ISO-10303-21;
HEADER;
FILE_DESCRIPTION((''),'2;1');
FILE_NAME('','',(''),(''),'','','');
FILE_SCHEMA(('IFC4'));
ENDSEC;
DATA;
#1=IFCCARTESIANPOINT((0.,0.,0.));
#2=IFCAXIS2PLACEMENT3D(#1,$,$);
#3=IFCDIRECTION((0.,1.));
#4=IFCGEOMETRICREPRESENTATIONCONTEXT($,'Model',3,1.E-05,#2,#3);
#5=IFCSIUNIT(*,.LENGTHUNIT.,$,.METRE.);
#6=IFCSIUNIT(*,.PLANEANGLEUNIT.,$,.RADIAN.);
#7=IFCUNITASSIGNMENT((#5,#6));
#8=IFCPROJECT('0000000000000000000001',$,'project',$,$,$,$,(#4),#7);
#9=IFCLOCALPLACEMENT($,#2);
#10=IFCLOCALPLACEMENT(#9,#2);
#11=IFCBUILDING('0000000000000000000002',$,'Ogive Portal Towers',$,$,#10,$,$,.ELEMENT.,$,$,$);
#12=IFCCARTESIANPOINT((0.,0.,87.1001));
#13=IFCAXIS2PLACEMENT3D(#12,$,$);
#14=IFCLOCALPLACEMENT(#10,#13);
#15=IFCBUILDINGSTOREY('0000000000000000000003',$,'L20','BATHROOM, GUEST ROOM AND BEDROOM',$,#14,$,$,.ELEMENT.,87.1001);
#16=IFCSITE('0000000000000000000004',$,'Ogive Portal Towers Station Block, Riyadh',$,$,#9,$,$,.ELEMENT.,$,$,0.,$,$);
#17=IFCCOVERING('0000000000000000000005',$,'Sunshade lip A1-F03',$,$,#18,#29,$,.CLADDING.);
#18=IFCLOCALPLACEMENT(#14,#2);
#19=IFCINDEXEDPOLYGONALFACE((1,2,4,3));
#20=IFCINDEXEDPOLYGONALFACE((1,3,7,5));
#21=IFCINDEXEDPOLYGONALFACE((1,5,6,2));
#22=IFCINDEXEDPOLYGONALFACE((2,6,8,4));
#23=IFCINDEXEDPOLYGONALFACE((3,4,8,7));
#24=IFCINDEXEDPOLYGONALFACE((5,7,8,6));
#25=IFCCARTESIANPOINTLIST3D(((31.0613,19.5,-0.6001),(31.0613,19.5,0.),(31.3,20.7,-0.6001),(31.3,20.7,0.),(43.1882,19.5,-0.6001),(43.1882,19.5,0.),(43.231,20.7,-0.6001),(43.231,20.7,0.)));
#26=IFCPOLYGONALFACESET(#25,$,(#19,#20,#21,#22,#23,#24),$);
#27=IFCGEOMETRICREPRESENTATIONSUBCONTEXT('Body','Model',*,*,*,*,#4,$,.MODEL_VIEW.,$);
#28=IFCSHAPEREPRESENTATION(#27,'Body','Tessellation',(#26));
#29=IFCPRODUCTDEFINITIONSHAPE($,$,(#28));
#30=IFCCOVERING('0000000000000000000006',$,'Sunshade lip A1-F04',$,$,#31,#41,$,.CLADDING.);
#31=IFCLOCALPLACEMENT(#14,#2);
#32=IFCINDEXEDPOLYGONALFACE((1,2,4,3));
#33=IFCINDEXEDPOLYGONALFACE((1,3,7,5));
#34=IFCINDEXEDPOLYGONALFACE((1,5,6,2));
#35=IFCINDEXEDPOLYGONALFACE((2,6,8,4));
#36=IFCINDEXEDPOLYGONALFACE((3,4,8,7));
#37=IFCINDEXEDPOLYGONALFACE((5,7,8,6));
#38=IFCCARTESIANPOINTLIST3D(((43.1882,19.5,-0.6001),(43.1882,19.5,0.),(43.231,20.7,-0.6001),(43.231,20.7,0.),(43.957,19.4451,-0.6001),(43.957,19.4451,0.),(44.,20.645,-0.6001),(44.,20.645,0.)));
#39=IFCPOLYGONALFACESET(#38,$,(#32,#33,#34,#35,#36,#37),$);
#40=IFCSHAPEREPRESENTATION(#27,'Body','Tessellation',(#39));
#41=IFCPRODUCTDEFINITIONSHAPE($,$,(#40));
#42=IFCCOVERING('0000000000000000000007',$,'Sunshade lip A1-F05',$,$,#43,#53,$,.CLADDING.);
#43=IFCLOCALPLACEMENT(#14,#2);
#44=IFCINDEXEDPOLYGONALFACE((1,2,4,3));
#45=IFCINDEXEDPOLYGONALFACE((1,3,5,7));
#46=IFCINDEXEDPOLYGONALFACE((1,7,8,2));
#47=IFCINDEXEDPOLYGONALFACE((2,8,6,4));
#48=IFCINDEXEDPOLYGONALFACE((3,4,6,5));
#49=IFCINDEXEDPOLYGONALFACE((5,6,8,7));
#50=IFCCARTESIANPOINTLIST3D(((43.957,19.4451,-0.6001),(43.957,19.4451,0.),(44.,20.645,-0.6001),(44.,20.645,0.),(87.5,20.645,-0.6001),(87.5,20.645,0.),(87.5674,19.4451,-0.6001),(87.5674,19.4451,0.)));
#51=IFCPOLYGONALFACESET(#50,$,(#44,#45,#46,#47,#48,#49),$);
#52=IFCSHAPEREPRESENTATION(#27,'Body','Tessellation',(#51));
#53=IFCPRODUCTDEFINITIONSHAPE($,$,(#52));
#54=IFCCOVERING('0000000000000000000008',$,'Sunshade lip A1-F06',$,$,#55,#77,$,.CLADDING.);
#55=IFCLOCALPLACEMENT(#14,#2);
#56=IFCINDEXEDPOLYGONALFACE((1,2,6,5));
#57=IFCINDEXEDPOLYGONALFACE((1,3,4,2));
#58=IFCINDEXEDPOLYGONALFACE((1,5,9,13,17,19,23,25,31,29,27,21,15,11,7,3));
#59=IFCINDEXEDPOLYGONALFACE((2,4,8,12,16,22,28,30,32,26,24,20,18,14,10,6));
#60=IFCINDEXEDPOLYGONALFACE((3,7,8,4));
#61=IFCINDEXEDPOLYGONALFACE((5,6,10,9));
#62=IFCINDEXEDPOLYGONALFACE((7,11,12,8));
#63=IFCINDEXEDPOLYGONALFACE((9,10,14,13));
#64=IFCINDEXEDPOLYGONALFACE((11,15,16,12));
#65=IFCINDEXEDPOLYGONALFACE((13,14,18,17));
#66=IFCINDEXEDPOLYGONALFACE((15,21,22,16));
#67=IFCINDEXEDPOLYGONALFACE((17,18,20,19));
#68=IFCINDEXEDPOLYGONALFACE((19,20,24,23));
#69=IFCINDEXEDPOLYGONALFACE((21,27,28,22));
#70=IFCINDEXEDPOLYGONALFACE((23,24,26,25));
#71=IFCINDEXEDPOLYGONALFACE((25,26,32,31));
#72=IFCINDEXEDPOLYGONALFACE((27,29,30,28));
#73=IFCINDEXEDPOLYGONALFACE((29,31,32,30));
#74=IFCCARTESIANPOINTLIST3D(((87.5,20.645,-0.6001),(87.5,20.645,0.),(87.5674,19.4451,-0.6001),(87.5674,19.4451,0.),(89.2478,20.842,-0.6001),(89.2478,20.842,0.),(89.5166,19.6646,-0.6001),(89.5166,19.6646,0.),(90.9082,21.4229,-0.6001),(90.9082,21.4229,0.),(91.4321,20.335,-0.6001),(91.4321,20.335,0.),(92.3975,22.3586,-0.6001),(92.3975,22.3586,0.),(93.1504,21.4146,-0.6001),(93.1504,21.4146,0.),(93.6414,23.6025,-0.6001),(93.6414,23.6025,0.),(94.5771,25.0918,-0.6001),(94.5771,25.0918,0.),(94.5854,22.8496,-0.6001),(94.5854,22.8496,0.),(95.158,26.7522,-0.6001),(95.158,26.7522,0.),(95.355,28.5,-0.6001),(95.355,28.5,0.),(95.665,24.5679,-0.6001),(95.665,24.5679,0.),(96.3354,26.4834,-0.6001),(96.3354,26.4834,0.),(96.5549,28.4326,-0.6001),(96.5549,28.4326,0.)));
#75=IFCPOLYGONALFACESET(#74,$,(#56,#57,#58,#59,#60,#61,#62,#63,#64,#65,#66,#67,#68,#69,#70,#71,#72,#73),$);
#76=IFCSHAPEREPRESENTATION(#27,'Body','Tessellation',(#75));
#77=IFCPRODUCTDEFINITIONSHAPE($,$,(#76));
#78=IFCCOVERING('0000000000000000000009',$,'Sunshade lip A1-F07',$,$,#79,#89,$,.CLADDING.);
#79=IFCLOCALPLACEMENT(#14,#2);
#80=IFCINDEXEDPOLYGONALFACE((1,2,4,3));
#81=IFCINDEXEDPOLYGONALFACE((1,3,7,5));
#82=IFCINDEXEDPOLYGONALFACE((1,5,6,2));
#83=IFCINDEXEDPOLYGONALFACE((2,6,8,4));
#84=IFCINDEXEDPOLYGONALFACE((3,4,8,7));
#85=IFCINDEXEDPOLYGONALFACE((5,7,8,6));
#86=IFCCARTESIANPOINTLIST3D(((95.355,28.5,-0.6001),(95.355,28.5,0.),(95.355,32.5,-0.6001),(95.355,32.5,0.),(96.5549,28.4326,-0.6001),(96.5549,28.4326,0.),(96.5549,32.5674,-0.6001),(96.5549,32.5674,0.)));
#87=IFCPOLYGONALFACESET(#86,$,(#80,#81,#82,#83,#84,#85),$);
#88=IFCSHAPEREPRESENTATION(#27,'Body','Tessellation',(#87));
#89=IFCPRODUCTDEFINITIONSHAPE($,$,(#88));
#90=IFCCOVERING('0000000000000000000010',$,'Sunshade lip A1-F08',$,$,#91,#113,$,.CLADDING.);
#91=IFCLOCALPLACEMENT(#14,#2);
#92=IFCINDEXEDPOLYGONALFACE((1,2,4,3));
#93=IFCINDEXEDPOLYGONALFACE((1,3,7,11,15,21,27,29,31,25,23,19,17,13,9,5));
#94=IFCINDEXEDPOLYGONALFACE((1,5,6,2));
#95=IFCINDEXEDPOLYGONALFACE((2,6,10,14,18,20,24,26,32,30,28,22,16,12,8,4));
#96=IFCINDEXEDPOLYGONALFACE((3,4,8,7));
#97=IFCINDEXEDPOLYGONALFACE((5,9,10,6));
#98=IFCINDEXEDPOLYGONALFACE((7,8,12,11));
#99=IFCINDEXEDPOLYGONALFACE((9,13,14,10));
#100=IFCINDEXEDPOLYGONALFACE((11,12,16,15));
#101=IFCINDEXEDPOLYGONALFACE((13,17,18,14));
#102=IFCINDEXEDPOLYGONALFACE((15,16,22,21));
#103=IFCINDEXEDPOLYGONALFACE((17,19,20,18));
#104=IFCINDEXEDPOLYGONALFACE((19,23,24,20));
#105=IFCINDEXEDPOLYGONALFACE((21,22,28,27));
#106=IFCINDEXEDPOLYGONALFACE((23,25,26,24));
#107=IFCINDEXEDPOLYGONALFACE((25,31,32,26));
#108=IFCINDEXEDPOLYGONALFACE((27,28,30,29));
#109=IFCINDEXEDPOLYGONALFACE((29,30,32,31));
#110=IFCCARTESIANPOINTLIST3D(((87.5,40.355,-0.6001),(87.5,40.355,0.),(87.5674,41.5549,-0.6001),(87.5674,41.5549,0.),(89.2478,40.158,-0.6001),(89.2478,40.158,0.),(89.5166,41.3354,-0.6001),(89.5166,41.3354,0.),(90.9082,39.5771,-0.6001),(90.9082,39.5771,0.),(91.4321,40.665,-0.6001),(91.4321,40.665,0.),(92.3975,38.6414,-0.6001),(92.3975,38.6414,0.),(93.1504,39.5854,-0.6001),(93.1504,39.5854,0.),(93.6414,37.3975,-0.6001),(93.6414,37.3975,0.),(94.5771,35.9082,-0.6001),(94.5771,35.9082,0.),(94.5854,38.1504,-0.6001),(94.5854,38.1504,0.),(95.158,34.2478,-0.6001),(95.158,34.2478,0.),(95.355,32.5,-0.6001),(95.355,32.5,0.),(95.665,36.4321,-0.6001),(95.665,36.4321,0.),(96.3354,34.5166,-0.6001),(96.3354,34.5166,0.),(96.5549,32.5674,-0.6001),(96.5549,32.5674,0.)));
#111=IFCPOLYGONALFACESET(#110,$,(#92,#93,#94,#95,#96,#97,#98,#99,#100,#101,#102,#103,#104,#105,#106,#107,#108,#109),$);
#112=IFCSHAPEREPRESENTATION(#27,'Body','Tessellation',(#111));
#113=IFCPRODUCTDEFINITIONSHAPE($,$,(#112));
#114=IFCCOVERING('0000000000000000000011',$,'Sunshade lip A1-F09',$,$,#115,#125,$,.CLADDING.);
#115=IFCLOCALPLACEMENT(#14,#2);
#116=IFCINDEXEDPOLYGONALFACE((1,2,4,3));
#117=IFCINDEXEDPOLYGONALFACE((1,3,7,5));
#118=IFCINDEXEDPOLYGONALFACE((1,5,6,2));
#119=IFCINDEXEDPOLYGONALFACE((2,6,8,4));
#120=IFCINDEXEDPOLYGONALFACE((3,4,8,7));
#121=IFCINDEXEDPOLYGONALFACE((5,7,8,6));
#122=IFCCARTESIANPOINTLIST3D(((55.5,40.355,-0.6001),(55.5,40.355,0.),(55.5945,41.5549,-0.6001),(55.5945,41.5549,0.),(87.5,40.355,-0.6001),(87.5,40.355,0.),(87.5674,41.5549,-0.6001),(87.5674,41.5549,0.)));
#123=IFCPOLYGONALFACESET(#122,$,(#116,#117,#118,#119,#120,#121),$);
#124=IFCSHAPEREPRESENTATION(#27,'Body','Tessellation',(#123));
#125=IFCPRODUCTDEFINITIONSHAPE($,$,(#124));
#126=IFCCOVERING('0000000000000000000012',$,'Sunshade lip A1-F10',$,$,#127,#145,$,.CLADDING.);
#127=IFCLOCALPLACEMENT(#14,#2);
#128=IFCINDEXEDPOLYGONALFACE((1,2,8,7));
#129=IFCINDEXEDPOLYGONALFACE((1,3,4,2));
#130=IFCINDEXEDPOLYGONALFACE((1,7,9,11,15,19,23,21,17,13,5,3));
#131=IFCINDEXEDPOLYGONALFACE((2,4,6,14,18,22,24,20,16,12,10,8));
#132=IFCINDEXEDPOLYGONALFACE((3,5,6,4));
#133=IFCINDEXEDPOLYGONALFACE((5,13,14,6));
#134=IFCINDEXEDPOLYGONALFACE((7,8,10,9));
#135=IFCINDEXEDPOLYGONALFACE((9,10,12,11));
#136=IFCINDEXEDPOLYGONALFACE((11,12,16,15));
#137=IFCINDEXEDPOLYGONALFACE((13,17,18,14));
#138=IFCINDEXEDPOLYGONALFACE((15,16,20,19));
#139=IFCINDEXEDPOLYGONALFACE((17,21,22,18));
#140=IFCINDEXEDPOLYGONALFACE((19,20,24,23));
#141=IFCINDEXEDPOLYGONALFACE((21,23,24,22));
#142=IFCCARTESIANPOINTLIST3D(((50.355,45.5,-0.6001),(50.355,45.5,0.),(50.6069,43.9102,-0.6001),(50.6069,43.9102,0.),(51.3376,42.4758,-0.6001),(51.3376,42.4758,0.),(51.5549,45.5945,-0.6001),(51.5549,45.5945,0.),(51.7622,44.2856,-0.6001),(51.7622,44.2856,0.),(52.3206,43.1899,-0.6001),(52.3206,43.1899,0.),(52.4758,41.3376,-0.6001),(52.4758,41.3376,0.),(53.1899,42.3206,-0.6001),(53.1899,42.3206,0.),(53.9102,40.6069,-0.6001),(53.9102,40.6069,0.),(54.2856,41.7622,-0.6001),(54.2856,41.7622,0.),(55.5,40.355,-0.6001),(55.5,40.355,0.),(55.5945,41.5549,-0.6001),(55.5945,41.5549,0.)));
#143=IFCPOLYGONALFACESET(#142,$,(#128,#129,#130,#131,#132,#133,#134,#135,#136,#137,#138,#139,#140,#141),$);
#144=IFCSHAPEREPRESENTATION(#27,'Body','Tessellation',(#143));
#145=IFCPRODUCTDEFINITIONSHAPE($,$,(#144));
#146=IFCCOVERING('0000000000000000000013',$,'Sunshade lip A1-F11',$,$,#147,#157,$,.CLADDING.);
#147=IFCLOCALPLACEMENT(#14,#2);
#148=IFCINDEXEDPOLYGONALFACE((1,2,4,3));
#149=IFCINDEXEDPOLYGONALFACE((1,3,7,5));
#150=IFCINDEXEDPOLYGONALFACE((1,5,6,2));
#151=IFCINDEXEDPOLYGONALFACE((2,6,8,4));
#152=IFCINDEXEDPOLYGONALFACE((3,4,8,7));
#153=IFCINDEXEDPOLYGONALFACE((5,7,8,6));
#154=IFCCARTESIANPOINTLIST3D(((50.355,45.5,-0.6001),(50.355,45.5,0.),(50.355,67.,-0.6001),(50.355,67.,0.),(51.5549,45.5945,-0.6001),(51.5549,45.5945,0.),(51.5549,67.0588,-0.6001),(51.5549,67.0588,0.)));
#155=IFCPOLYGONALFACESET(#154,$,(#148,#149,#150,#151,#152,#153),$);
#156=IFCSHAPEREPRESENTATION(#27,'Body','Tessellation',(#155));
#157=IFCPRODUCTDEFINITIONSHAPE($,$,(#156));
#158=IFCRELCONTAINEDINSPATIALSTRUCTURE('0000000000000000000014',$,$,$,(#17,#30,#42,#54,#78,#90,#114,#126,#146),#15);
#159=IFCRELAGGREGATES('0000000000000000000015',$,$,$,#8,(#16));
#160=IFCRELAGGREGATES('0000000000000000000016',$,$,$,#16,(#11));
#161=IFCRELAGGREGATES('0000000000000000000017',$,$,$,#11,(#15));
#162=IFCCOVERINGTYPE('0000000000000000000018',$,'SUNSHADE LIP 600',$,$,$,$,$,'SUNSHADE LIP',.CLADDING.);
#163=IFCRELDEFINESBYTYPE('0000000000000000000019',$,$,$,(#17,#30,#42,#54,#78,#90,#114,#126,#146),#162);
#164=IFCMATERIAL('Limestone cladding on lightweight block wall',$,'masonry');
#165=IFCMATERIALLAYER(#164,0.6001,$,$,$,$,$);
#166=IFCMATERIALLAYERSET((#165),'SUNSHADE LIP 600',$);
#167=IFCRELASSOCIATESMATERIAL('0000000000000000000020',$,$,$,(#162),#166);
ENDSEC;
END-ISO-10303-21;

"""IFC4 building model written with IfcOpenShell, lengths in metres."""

from ifc_helpers import new_model, si_unit, direction, frame, origin, place, context, subcontext, project, spatial, polyline, outline, extrude, material, layer, layer_set, type_object, element, save


model = new_model("IFC4")

# Units and contexts
model_context = context("Model", 3, precision=1e-05, world=origin(), true_north=direction((0.0, 1.0)))
body_context = subcontext(model_context, "Body", "Model", "MODEL_VIEW")
ifc_project = project(units=[si_unit("LENGTHUNIT", "METRE"), si_unit("PLANEANGLEUNIT", "RADIAN")], contexts=[model_context])

# Site, building, storey
site_placement = place(None, origin())
site = spatial("IfcSite", under=ifc_project, at=site_placement, Name="Ogive Portal Towers Station Block, Riyadh", CompositionType="ELEMENT", RefElevation=0.0)
building_placement = place(site_placement, origin())
building = spatial("IfcBuilding", under=site, at=building_placement, Name="Ogive Portal Towers", CompositionType="ELEMENT")
storey_placement = place(building_placement, frame((0.0, 0.0, 87.1001)))
storey = spatial("IfcBuildingStorey", under=building, at=storey_placement, Name="L20", Description="BATHROOM, GUEST ROOM AND BEDROOM", CompositionType="ELEMENT", Elevation=87.1001)

# Coverings
ifc_material_1 = material(Name="Limestone cladding on lightweight block wall", Category="masonry")
ifc_layer_1 = layer(ifc_material_1, 0.6001)
ifc_layer_set_1 = layer_set([ifc_layer_1], Name="SUNSHADE LIP 600")
covering_type_1 = type_object("IfcCoveringType", Name="SUNSHADE LIP 600", ElementType="SUNSHADE LIP", PredefinedType="CLADDING", material=ifc_layer_set_1)
covering_1_placement = place(storey_placement, frame((0.0, 0.0, -0.6001)))
element("IfcCovering", 1, at=covering_1_placement, inside=storey, type_object=covering_type_1, Name="Sunshade lip A1-F03", PredefinedType="CLADDING", context=body_context, shape_type="SweptSolid", body=[
    extrude(outline(polyline([(31.3, 20.7), (43.231, 20.7), (43.1882, 19.5), (31.0613, 19.5), (31.3, 20.7)])), origin(), (0.0, 0.0, 1.0), 0.6001),
])
covering_2_placement = place(storey_placement, frame((0.0, 0.0, -0.6001)))
element("IfcCovering", 2, at=covering_2_placement, inside=storey, type_object=covering_type_1, Name="Sunshade lip A1-F04", PredefinedType="CLADDING", context=body_context, shape_type="SweptSolid", body=[
    extrude(outline(polyline([(43.231, 20.7), (44.0, 20.645), (43.957, 19.4451), (43.1882, 19.5), (43.231, 20.7)])), origin(), (0.0, 0.0, 1.0), 0.6001),
])
covering_3_placement = place(storey_placement, frame((0.0, 0.0, -0.6001)))
element("IfcCovering", 3, at=covering_3_placement, inside=storey, type_object=covering_type_1, Name="Sunshade lip A1-F05", PredefinedType="CLADDING", context=body_context, shape_type="SweptSolid", body=[
    extrude(outline(polyline([(44.0, 20.645), (87.5, 20.645), (87.5674, 19.4451), (43.957, 19.4451), (44.0, 20.645)])), origin(), (0.0, 0.0, 1.0), 0.6001),
])
covering_4_placement = place(storey_placement, frame((0.0, 0.0, -0.6001)))
element("IfcCovering", 4, at=covering_4_placement, inside=storey, type_object=covering_type_1, Name="Sunshade lip A1-F06", PredefinedType="CLADDING", context=body_context, shape_type="SweptSolid", body=[
    extrude(outline(polyline([(87.5, 20.645), (89.2478, 20.842), (90.9082, 21.4229), (92.3975, 22.3586), (93.6414, 23.6025), (94.5771, 25.0918), (95.158, 26.7522), (95.355, 28.5), (96.5549, 28.4326), (96.3354, 26.4834), (95.665, 24.5679), (94.5854, 22.8496), (93.1504, 21.4146), (91.4321, 20.335), (89.5166, 19.6646), (87.5674, 19.4451), (87.5, 20.645)])), origin(), (0.0, 0.0, 1.0), 0.6001),
])
covering_5_placement = place(storey_placement, frame((0.0, 0.0, -0.6001)))
element("IfcCovering", 5, at=covering_5_placement, inside=storey, type_object=covering_type_1, Name="Sunshade lip A1-F07", PredefinedType="CLADDING", context=body_context, shape_type="SweptSolid", body=[
    extrude(outline(polyline([(95.355, 28.5), (95.355, 32.5), (96.5549, 32.5674), (96.5549, 28.4326), (95.355, 28.5)])), origin(), (0.0, 0.0, 1.0), 0.6001),
])
covering_6_placement = place(storey_placement, frame((0.0, 0.0, -0.6001)))
element("IfcCovering", 6, at=covering_6_placement, inside=storey, type_object=covering_type_1, Name="Sunshade lip A1-F08", PredefinedType="CLADDING", context=body_context, shape_type="SweptSolid", body=[
    extrude(outline(polyline([(95.355, 32.5), (95.158, 34.2478), (94.5771, 35.9082), (93.6414, 37.3975), (92.3975, 38.6414), (90.9082, 39.5771), (89.2478, 40.158), (87.5, 40.355), (87.5674, 41.5549), (89.5166, 41.3354), (91.4321, 40.665), (93.1504, 39.5854), (94.5854, 38.1504), (95.665, 36.4321), (96.3354, 34.5166), (96.5549, 32.5674), (95.355, 32.5)])), origin(), (0.0, 0.0, 1.0), 0.6001),
])
covering_7_placement = place(storey_placement, frame((0.0, 0.0, -0.6001)))
element("IfcCovering", 7, at=covering_7_placement, inside=storey, type_object=covering_type_1, Name="Sunshade lip A1-F09", PredefinedType="CLADDING", context=body_context, shape_type="SweptSolid", body=[
    extrude(outline(polyline([(87.5, 40.355), (55.5, 40.355), (55.5945, 41.5549), (87.5674, 41.5549), (87.5, 40.355)])), origin(), (0.0, 0.0, 1.0), 0.6001),
])
covering_8_placement = place(storey_placement, frame((0.0, 0.0, -0.6001)))
element("IfcCovering", 8, at=covering_8_placement, inside=storey, type_object=covering_type_1, Name="Sunshade lip A1-F10", PredefinedType="CLADDING", context=body_context, shape_type="SweptSolid", body=[
    extrude(outline(polyline([(55.5, 40.355), (53.9102, 40.6069), (52.4758, 41.3376), (51.3376, 42.4758), (50.6069, 43.9102), (50.355, 45.5), (51.5549, 45.5945), (51.7622, 44.2856), (52.3206, 43.1899), (53.1899, 42.3206), (54.2856, 41.7622), (55.5945, 41.5549), (55.5, 40.355)])), origin(), (0.0, 0.0, 1.0), 0.6001),
])
covering_9_placement = place(storey_placement, frame((0.0, 0.0, -0.6001)))
element("IfcCovering", 9, at=covering_9_placement, inside=storey, type_object=covering_type_1, Name="Sunshade lip A1-F11", PredefinedType="CLADDING", context=body_context, shape_type="SweptSolid", body=[
    extrude(outline(polyline([(50.355, 45.5), (50.355, 67.0), (51.5549, 67.0588), (51.5549, 45.5945), (50.355, 45.5)])), origin(), (0.0, 0.0, 1.0), 0.6001),
])

save(model, "model.ifc")
